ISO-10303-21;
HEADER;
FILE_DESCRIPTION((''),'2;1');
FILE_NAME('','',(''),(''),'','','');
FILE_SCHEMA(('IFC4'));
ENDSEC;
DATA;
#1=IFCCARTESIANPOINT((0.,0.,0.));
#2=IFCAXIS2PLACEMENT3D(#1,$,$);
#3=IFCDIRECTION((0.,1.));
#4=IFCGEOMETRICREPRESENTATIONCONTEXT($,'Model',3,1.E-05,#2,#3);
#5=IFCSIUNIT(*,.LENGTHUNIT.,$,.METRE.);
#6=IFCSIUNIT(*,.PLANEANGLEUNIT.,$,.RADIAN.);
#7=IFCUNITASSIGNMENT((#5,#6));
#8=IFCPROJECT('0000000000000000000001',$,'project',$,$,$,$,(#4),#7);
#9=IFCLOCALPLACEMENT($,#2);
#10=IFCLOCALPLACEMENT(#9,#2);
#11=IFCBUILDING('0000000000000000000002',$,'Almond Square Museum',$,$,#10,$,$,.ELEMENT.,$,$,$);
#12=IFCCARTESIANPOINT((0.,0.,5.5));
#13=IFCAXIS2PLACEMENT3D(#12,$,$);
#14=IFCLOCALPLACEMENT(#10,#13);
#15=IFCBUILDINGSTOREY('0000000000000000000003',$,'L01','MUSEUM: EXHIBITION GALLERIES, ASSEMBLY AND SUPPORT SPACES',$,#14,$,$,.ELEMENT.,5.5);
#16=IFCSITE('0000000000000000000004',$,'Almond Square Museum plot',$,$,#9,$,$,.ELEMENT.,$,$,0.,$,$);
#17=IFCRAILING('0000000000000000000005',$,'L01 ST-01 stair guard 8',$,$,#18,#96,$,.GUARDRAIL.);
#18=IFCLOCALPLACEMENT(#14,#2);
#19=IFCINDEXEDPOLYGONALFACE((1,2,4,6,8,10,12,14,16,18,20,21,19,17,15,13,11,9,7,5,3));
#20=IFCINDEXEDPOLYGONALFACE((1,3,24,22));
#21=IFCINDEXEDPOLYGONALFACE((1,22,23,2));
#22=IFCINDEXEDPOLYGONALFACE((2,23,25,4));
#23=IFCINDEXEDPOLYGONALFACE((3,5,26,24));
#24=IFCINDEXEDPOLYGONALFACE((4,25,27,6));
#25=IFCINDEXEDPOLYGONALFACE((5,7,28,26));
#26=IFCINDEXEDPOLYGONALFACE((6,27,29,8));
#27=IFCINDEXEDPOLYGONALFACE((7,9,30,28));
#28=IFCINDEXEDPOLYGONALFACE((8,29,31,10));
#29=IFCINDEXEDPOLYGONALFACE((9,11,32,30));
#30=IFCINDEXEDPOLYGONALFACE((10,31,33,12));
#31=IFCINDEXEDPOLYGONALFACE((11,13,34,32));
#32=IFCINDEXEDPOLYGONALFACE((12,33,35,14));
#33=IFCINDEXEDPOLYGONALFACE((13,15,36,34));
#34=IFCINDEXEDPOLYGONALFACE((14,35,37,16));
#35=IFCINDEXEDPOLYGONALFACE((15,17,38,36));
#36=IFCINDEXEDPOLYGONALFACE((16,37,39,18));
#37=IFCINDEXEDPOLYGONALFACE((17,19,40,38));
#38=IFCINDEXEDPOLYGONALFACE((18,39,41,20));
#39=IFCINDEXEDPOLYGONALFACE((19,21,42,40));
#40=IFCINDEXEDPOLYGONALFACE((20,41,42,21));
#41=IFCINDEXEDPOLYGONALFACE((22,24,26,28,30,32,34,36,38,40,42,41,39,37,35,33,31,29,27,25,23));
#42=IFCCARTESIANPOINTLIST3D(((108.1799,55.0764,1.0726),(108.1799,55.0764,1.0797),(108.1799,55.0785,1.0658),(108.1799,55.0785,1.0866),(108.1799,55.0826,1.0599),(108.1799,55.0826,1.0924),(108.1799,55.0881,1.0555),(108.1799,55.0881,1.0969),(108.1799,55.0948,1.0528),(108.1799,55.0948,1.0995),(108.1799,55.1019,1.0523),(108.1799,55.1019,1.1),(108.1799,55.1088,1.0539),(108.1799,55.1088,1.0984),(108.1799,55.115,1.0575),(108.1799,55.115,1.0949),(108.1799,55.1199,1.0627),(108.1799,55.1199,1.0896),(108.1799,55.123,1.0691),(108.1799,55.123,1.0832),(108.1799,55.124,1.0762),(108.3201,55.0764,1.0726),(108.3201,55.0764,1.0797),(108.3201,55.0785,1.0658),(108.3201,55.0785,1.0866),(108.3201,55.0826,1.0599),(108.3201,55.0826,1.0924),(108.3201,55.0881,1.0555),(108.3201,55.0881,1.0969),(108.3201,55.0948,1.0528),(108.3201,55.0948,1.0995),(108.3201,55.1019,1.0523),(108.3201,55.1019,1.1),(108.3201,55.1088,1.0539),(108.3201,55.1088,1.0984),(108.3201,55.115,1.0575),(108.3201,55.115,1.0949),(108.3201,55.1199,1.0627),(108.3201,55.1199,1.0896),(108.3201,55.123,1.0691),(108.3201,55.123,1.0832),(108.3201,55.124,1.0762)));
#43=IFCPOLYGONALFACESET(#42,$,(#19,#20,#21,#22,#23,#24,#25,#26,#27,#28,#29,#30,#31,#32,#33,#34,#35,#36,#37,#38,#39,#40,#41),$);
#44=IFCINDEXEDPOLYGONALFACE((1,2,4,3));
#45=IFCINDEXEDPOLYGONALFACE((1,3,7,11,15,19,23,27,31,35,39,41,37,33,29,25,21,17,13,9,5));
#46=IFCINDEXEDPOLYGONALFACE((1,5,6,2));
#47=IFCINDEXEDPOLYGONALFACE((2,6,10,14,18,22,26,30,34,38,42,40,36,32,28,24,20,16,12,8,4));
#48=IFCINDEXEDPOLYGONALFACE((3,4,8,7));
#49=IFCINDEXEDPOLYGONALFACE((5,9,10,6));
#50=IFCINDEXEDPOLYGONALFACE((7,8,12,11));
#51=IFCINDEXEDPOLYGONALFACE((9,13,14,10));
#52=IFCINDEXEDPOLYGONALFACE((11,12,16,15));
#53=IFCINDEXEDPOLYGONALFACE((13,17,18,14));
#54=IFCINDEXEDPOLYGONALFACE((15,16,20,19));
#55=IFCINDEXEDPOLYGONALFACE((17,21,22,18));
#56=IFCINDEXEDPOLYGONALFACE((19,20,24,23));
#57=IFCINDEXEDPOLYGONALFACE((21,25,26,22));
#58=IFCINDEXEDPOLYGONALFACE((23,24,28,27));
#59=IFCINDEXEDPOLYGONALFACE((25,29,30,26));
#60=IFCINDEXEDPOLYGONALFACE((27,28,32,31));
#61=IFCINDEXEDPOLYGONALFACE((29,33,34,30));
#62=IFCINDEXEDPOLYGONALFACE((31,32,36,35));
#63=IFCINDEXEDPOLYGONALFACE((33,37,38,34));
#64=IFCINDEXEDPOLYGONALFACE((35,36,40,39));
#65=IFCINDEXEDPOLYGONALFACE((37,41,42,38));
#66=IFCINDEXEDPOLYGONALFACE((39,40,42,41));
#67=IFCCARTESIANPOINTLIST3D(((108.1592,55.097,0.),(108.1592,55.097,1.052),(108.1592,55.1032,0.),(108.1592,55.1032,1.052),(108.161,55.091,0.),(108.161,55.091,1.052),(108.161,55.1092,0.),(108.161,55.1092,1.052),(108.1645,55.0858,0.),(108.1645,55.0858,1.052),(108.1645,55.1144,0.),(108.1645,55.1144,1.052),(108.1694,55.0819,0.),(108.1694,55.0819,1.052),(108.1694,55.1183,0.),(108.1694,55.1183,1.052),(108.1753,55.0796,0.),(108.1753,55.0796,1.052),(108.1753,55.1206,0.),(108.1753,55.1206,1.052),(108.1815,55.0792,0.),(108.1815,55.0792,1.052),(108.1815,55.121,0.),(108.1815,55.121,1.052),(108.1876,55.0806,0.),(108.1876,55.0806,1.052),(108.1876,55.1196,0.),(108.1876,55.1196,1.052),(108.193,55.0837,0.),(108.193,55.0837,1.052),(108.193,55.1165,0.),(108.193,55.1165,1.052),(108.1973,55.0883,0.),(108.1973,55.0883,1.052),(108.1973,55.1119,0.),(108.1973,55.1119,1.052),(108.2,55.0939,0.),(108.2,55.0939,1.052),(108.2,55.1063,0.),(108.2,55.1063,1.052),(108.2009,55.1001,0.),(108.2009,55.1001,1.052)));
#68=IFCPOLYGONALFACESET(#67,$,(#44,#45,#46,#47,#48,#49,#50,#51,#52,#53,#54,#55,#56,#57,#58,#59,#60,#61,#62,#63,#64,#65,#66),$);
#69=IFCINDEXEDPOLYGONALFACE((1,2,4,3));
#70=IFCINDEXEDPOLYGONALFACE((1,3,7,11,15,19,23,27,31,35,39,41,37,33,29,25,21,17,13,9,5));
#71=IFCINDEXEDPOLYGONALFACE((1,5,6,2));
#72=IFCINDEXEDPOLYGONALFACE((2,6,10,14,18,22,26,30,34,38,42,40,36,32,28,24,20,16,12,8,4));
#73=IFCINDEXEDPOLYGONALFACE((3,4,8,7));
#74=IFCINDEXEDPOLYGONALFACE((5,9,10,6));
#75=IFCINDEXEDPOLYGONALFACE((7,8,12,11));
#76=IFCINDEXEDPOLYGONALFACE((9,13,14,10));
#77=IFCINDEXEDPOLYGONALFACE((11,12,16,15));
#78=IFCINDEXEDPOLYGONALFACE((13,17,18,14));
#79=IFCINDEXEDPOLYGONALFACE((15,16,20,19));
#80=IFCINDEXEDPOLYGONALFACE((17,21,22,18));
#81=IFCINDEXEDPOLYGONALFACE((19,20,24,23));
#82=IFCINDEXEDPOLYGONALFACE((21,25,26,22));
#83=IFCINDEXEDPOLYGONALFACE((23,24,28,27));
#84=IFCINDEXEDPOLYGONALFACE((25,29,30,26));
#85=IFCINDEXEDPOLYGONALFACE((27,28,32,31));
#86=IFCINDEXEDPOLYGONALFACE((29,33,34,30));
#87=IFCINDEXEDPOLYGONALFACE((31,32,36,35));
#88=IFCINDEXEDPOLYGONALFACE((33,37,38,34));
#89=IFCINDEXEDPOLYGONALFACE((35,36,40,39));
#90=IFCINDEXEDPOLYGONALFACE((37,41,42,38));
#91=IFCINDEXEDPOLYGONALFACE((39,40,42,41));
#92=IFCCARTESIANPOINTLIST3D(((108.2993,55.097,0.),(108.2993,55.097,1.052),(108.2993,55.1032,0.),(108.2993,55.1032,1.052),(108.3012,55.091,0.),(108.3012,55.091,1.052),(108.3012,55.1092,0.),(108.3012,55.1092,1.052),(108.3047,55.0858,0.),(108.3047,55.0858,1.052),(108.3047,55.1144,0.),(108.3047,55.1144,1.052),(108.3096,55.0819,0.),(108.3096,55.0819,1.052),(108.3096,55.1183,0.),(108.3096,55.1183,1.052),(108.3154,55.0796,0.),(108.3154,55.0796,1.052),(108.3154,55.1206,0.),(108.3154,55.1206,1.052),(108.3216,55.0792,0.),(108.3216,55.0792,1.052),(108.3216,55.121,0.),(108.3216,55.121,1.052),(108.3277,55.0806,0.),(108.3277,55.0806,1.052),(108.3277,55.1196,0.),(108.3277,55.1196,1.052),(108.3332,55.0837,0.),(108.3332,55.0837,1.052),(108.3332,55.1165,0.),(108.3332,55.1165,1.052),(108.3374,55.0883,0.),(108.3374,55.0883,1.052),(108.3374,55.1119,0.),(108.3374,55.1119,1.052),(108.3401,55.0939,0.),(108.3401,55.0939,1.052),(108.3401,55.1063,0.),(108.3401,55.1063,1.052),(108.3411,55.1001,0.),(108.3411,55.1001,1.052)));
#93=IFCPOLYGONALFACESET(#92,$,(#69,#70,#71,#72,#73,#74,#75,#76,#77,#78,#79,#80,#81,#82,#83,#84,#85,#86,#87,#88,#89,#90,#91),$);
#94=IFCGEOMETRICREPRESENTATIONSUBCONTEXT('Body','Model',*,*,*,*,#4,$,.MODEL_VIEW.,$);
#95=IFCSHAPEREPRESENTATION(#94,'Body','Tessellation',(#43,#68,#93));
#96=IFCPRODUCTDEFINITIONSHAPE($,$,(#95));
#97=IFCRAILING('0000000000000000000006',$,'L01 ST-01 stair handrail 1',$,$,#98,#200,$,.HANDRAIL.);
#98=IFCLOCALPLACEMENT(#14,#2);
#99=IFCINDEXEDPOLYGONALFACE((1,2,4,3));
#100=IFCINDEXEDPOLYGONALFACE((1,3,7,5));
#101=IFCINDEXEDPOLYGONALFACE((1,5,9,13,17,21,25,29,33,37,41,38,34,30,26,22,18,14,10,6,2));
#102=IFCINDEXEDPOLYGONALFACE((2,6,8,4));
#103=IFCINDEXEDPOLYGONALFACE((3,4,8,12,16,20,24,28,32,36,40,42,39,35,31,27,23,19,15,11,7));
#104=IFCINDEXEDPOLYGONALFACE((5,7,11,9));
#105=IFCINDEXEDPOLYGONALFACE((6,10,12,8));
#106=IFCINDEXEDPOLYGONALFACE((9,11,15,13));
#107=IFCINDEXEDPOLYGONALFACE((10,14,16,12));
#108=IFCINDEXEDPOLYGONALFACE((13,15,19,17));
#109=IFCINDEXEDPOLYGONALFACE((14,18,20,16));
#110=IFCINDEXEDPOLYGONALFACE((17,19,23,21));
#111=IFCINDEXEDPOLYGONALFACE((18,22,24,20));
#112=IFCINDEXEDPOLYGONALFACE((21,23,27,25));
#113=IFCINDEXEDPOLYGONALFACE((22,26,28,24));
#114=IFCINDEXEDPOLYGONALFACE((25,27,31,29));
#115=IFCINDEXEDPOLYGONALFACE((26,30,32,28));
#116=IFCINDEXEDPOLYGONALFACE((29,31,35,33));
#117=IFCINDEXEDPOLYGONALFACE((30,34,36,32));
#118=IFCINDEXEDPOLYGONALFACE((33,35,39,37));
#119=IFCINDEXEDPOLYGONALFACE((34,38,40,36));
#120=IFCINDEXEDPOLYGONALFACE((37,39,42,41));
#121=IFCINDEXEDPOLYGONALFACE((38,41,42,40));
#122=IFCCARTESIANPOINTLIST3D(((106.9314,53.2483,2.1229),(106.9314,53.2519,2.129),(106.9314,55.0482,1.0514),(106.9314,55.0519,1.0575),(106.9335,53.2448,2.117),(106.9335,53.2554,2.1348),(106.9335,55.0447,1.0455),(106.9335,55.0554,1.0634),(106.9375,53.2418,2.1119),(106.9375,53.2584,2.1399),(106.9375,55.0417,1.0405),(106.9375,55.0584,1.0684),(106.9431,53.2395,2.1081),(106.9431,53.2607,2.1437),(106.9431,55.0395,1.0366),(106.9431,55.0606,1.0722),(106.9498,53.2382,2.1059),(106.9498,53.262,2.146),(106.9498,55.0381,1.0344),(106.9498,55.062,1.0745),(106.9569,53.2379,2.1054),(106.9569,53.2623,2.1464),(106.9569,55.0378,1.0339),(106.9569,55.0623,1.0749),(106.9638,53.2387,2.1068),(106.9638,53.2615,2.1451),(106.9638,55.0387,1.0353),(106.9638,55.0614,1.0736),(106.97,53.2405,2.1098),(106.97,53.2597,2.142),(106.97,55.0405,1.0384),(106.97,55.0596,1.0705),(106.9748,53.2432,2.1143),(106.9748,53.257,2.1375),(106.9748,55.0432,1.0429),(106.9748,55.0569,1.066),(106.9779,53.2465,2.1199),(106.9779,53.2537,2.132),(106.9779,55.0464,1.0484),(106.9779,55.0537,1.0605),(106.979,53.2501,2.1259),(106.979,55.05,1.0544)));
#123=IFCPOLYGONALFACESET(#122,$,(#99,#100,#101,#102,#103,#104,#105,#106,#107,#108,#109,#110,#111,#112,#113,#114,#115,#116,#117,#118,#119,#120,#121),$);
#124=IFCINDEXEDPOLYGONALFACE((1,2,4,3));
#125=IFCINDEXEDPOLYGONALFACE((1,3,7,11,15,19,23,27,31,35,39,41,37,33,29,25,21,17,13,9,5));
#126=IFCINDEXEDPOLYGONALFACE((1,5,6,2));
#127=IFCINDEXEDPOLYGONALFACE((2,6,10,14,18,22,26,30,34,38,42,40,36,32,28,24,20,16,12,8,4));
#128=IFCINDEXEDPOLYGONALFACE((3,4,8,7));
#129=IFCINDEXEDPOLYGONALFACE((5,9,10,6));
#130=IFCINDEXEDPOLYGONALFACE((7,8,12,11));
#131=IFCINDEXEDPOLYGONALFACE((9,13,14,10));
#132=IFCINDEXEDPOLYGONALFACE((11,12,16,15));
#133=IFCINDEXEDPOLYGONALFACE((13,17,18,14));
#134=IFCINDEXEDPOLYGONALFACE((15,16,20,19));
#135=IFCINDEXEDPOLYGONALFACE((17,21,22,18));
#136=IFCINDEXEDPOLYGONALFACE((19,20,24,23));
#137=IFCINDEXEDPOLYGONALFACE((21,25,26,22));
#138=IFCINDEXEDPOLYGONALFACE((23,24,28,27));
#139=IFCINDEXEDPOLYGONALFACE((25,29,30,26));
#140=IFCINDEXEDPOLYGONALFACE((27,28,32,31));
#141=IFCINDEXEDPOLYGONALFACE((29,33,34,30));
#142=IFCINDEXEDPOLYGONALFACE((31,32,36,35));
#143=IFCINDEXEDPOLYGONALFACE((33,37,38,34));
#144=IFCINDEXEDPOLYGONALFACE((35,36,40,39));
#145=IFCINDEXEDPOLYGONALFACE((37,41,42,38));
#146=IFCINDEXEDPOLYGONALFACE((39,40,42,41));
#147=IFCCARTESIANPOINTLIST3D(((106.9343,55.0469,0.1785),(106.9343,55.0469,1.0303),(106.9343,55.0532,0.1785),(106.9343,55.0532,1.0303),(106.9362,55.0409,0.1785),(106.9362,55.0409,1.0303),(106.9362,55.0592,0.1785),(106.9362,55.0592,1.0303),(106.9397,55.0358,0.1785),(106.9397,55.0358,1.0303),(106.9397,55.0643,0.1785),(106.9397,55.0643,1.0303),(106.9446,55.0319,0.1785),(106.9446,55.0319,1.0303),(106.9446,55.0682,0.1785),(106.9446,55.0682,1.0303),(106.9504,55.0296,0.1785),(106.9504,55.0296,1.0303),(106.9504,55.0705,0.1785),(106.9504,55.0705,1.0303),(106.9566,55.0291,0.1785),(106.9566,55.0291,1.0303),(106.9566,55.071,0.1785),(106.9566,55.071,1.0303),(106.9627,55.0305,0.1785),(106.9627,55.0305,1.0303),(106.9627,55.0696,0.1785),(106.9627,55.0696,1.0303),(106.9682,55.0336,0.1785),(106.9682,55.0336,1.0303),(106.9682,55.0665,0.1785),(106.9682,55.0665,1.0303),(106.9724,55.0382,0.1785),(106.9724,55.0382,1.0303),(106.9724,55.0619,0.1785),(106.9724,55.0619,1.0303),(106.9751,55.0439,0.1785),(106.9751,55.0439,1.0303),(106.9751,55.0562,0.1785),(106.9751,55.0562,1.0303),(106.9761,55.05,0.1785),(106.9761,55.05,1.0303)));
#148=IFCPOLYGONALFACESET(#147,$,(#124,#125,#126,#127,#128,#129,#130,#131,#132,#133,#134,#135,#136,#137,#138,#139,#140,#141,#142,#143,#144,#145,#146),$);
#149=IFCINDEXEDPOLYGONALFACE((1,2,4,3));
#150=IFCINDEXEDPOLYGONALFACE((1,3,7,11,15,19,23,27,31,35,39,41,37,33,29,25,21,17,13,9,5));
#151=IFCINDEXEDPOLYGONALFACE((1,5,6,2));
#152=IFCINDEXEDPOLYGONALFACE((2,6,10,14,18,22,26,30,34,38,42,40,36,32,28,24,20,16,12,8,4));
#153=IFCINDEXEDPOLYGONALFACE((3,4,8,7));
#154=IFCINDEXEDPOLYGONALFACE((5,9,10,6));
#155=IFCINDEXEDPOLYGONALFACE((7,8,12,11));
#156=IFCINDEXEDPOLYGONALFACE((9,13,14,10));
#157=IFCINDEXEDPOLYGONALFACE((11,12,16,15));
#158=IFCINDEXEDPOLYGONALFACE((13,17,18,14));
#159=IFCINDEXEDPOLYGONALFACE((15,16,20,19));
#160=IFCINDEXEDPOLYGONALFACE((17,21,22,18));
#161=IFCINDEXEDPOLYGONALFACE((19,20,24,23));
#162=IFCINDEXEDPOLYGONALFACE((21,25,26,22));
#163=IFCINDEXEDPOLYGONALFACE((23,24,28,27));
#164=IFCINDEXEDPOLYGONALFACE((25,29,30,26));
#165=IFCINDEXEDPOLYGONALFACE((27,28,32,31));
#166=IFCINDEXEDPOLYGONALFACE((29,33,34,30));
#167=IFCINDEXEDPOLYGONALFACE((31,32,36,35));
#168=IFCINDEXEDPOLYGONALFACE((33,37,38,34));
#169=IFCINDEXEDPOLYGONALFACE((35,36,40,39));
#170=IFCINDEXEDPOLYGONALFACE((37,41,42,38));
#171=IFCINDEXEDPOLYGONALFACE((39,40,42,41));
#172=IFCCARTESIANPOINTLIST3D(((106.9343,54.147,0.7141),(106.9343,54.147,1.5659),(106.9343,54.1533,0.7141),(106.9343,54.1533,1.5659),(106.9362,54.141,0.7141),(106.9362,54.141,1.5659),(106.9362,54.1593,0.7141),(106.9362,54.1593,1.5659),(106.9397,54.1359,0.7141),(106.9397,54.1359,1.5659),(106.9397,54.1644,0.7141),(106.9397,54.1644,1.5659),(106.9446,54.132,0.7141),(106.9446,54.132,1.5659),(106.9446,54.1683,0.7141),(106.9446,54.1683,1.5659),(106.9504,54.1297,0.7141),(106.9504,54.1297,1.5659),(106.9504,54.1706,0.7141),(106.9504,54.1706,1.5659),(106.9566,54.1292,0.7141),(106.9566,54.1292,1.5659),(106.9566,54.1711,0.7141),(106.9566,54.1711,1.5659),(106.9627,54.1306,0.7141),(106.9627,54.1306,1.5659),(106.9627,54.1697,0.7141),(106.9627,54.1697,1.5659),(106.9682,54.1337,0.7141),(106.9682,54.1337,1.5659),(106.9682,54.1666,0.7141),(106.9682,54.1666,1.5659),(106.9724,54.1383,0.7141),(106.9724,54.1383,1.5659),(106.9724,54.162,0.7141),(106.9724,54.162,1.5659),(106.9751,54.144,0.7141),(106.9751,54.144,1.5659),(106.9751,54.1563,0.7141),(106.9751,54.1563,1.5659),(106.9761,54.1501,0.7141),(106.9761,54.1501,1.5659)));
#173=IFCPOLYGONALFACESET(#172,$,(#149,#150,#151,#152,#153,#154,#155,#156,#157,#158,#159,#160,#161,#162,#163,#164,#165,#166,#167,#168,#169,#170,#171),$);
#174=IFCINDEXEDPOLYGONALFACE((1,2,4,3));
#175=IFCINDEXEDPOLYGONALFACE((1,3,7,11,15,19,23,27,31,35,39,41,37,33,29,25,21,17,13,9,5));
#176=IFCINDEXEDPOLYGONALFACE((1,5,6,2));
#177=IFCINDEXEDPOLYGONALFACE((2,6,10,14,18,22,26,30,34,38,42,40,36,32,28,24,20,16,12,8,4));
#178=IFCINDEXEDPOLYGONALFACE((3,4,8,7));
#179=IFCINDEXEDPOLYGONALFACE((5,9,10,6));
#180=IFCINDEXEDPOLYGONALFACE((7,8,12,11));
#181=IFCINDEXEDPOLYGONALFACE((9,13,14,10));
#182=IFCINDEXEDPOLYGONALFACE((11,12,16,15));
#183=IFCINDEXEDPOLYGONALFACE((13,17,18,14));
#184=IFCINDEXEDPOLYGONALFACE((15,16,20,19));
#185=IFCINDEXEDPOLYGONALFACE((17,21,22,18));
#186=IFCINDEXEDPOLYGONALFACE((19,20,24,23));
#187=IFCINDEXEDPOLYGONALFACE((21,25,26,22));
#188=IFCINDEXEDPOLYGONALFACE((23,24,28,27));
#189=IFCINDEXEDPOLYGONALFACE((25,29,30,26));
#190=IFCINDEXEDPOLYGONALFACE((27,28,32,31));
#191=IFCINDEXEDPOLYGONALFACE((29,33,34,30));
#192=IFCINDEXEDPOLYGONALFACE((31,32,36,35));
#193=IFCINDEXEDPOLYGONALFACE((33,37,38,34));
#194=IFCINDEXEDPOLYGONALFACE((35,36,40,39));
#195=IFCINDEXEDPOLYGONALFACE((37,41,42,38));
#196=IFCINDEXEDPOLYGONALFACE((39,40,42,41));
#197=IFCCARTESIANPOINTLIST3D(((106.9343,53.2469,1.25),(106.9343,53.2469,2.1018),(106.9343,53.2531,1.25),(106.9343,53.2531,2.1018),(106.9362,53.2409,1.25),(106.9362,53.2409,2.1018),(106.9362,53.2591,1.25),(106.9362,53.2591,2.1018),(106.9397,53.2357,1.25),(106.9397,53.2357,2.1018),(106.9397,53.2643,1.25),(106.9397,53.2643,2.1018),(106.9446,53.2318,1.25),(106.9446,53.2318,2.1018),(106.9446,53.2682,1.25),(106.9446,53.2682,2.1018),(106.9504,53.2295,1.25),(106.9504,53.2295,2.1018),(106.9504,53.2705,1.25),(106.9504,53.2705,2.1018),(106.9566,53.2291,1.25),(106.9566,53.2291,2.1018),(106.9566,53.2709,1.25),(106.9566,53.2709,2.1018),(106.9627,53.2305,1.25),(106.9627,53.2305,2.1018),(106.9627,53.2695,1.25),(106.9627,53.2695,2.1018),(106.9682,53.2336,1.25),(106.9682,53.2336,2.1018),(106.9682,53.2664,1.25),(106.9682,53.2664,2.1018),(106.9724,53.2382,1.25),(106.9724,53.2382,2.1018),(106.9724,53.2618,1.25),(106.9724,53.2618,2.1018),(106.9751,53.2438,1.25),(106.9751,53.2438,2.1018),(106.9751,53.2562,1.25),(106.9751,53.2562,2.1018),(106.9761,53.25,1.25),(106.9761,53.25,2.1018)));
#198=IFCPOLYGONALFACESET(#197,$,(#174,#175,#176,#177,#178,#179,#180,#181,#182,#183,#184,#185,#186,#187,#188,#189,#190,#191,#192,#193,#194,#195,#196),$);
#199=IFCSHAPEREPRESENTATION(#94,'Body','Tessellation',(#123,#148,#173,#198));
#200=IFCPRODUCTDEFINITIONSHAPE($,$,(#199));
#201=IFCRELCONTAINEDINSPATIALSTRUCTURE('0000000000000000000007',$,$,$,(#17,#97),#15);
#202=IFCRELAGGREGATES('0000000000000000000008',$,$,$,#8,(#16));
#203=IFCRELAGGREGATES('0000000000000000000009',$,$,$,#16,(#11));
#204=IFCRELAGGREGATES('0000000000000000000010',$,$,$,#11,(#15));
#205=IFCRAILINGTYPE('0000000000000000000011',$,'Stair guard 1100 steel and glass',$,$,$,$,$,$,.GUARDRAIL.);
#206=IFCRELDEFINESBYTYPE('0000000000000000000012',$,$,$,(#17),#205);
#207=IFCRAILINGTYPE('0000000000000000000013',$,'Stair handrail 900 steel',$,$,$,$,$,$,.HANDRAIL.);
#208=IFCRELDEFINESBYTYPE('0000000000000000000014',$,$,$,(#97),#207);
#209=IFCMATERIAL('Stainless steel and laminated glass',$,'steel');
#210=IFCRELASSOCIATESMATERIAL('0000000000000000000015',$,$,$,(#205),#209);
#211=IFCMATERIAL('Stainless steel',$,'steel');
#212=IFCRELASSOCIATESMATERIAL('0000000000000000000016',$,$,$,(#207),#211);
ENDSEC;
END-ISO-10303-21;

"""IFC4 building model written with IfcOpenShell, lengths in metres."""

from ifc_helpers import new_model, si_unit, direction, frame, origin, origin_2d, place, context, subcontext, project, spatial, circle, extrude, material, type_object, element, save


model = new_model("IFC4")

# Units and contexts
model_context = context("Model", 3, precision=1e-05, world=origin(), true_north=direction((0.0, 1.0)))
body_context = subcontext(model_context, "Body", "Model", "MODEL_VIEW")
ifc_project = project(units=[si_unit("LENGTHUNIT", "METRE"), si_unit("PLANEANGLEUNIT", "RADIAN")], contexts=[model_context])

# Site, building, storey
site_placement = place(None, origin())
site = spatial("IfcSite", under=ifc_project, at=site_placement, Name="Almond Square Museum plot", CompositionType="ELEMENT", RefElevation=0.0)
building_placement = place(site_placement, origin())
building = spatial("IfcBuilding", under=site, at=building_placement, Name="Almond Square Museum", CompositionType="ELEMENT")
storey_placement = place(building_placement, frame((0.0, 0.0, 5.5)))
storey = spatial("IfcBuildingStorey", under=building, at=storey_placement, Name="L01", Description="MUSEUM: EXHIBITION GALLERIES, ASSEMBLY AND SUPPORT SPACES", CompositionType="ELEMENT", Elevation=5.5)

# Railings
ifc_material_1 = material(Name="Stainless steel and laminated glass", Category="steel")
railing_type_1 = type_object("IfcRailingType", Name="Stair guard 1100 steel and glass", PredefinedType="GUARDRAIL", material=ifc_material_1)
railing_1_placement = place(storey_placement, frame((108.1799, 55.1001, 0.0)))
element("IfcRailing", 1, at=railing_1_placement, inside=storey, type_object=railing_type_1, Name="L01 ST-01 stair guard 8", PredefinedType="GUARDRAIL", context=body_context, shape_type="SweptSolid", body=[
    extrude(circle(Radius=0.0239, at=origin_2d()), frame((0.0, 0.0, 1.0762), z_axis=(1.0, 0.0, 0.0), x_axis=(0.0, 1.0, 0.0)), (0.0, 0.0, 1.0), 0.1401),
    extrude(circle(Radius=0.021, at=origin_2d()), origin(), (0.0, 0.0, 1.0), 1.052),
    extrude(circle(Radius=0.021, at=origin_2d()), frame((0.1401, 0.0, 0.0)), (0.0, 0.0, 1.0), 1.052),
])
ifc_material_2 = material(Name="Stainless steel", Category="steel")
railing_type_2 = type_object("IfcRailingType", Name="Stair handrail 900 steel", PredefinedType="HANDRAIL", material=ifc_material_2)
railing_2_placement = place(storey_placement, frame((106.9551, 55.05, 0.1785)))
element("IfcRailing", 2, at=railing_2_placement, inside=storey, type_object=railing_type_2, Name="L01 ST-01 stair handrail 1", PredefinedType="HANDRAIL", context=body_context, shape_type="SweptSolid", body=[
    extrude(circle(Radius=0.0239, at=origin_2d()), frame((0.0, 0.0, 0.876), z_axis=(0.0, -0.859277, 0.51151), x_axis=(1.0, 0.0, 0.0)), (0.0, 0.0, 1.0), 2.0947),
    extrude(circle(Radius=0.021, at=origin_2d()), origin(), (0.0, 0.0, 1.0), 0.8518),
    extrude(circle(Radius=0.021, at=origin_2d()), frame((0.0, -0.8999, 0.5356)), (0.0, 0.0, 1.0), 0.8518),
    extrude(circle(Radius=0.021, at=origin_2d()), frame((0.0, -1.8, 1.0715)), (0.0, 0.0, 1.0), 0.8518),
])

save(model, "model.ifc")
